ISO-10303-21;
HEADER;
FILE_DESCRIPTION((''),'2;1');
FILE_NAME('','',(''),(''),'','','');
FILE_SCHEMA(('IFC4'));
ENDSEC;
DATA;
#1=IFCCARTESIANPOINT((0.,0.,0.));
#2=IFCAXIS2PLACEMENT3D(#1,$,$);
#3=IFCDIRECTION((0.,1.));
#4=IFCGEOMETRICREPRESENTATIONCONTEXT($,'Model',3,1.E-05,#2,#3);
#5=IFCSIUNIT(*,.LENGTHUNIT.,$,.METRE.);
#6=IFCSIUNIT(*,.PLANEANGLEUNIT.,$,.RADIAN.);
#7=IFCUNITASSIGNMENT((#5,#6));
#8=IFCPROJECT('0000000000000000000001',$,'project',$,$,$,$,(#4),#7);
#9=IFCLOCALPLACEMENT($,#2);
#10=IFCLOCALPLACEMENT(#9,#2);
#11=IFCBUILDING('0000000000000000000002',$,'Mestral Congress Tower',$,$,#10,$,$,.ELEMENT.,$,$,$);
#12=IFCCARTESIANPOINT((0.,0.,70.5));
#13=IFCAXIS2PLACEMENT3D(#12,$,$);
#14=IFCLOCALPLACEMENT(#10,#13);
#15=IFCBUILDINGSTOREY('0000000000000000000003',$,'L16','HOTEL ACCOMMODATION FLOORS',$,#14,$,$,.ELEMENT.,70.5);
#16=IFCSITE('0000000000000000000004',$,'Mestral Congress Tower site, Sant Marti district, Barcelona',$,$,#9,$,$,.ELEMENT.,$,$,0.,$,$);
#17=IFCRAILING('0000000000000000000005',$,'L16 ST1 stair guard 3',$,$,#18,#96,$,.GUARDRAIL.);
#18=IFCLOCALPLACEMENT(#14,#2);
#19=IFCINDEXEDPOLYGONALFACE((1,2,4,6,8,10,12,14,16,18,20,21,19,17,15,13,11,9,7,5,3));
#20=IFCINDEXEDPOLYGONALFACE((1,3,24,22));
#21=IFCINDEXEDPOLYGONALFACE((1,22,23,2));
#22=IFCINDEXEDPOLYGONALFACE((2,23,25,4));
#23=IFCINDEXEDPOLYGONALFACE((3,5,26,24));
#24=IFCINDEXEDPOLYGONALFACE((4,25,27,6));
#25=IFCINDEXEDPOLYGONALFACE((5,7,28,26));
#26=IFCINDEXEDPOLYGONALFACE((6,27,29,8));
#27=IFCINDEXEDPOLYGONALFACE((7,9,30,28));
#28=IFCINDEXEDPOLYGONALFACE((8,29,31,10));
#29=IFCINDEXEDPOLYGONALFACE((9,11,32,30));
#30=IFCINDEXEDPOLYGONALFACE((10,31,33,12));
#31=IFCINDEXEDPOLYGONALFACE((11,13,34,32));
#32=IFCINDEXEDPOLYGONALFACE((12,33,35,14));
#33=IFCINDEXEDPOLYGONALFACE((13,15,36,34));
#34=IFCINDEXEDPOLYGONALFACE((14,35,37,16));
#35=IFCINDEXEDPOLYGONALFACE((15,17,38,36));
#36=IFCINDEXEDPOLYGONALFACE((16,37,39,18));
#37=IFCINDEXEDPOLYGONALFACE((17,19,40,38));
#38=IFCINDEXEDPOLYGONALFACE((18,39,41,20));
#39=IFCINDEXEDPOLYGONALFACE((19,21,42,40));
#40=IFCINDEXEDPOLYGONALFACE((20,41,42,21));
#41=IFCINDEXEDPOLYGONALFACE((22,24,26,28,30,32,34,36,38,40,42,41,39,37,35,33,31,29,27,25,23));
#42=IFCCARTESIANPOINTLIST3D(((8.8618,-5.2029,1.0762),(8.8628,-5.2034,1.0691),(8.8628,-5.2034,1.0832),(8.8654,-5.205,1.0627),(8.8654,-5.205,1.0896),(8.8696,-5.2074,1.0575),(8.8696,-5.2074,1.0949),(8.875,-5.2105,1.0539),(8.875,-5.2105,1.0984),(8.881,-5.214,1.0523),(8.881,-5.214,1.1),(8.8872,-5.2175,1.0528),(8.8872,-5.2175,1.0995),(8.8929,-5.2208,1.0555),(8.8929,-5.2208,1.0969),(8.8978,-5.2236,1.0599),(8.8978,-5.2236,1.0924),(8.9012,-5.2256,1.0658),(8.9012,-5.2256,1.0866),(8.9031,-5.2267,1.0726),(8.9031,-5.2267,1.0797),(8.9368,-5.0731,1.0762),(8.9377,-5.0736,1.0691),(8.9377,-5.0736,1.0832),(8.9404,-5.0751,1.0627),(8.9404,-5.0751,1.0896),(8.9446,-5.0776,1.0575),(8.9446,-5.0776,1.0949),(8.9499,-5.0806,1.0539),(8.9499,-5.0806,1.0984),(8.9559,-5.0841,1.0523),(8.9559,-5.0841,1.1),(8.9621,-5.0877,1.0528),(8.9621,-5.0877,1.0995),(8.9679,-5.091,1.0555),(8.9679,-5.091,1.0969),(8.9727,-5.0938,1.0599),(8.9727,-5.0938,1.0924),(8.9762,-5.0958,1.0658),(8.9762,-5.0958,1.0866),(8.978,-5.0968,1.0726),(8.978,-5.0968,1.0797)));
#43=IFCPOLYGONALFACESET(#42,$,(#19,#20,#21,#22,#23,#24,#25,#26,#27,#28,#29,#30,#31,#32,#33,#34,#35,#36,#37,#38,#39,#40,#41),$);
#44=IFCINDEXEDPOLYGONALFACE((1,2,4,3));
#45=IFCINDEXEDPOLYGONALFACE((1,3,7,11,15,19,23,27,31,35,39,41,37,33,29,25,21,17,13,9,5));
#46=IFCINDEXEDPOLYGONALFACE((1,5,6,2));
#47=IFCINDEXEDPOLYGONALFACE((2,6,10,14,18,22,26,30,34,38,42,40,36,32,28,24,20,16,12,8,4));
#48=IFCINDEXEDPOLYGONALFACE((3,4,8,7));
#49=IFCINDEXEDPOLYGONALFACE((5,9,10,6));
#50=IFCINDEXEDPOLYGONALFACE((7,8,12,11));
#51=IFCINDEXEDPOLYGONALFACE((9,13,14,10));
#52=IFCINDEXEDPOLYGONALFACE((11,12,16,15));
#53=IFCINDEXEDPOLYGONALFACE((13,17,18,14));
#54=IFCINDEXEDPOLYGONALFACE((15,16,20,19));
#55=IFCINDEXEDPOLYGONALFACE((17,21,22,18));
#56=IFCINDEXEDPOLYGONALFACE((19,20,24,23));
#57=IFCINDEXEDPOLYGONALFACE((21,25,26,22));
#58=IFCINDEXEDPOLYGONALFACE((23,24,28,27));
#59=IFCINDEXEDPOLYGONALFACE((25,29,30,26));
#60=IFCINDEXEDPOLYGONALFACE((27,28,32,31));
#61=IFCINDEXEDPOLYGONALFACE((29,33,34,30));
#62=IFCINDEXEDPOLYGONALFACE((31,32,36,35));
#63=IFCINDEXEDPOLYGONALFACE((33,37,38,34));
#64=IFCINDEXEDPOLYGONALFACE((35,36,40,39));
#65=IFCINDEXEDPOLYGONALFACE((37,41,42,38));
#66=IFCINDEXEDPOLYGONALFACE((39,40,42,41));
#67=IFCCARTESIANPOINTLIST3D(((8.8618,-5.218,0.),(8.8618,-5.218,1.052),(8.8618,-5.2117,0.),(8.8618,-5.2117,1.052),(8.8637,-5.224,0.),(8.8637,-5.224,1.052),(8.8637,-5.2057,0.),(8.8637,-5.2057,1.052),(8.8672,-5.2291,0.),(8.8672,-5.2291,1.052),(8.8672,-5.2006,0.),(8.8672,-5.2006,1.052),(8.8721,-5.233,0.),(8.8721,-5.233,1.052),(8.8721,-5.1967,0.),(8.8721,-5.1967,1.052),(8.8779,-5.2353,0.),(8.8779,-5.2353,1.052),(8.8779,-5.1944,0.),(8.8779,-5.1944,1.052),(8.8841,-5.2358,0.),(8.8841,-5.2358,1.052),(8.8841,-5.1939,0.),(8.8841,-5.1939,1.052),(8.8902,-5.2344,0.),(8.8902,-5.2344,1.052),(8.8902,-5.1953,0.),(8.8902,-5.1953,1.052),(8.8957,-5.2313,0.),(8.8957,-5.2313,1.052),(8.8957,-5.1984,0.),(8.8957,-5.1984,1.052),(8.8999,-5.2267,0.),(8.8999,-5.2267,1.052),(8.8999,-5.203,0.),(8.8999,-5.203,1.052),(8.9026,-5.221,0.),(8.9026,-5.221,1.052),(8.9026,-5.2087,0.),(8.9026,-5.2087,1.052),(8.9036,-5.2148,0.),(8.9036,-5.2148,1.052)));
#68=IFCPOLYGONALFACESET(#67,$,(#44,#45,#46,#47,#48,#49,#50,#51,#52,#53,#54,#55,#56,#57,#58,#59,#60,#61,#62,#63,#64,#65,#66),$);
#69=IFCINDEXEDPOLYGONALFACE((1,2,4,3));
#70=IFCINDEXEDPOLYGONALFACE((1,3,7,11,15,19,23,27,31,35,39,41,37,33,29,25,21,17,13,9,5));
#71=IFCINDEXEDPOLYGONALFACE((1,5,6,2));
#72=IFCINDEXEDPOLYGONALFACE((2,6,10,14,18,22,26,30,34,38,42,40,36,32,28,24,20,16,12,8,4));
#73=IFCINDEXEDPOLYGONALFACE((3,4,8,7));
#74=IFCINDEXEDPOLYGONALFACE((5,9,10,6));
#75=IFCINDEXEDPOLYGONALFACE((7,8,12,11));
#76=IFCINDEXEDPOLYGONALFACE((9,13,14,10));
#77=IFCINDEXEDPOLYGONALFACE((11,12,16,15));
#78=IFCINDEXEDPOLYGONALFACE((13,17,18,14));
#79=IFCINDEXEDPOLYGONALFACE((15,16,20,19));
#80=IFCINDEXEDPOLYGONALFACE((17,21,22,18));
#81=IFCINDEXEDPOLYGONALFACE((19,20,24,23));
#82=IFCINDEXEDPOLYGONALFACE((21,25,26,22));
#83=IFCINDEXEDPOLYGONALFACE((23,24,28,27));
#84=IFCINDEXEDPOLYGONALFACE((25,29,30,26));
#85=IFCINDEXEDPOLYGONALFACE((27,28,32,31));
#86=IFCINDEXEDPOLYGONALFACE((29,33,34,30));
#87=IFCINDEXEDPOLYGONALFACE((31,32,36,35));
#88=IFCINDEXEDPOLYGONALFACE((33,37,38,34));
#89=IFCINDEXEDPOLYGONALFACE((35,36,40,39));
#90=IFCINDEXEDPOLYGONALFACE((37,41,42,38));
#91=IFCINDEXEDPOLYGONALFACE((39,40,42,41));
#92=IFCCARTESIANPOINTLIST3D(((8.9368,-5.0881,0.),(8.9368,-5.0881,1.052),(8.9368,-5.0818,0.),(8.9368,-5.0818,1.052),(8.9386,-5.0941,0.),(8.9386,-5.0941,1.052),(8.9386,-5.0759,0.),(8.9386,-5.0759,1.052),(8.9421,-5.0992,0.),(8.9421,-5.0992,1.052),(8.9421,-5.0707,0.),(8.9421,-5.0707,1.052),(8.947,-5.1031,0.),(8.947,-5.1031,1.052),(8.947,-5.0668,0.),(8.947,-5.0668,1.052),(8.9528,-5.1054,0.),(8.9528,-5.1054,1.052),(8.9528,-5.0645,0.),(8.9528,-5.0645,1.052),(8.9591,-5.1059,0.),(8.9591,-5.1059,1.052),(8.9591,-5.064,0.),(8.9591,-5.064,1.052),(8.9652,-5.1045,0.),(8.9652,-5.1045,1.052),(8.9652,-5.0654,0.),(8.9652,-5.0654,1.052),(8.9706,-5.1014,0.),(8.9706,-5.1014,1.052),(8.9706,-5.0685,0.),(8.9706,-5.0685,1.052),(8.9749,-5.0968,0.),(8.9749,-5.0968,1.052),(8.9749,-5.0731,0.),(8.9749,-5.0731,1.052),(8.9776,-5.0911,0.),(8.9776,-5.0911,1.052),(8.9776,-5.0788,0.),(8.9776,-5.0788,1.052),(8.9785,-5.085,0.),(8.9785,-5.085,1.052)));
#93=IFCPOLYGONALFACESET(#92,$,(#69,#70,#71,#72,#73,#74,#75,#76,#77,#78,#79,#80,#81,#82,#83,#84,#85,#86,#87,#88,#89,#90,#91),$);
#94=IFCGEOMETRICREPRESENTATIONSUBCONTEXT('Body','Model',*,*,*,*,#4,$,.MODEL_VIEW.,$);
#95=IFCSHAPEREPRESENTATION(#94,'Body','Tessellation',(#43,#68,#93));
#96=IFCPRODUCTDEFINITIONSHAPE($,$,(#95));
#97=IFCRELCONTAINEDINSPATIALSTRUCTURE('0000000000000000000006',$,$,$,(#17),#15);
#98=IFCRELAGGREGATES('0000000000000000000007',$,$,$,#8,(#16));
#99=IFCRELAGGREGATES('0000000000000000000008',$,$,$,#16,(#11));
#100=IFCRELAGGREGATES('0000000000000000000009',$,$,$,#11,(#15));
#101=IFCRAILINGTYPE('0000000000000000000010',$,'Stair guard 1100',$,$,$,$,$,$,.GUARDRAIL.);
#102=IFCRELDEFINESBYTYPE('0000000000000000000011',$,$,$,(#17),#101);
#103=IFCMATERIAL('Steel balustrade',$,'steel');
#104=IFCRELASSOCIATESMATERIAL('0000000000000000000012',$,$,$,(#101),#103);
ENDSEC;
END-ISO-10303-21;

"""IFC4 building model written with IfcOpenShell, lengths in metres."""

from ifc_helpers import new_model, si_unit, direction, frame, origin, origin_2d, place, context, subcontext, project, spatial, circle, extrude, material, type_object, element, save


model = new_model("IFC4")

# Units and contexts
model_context = context("Model", 3, precision=1e-05, world=origin(), true_north=direction((0.0, 1.0)))
body_context = subcontext(model_context, "Body", "Model", "MODEL_VIEW")
ifc_project = project(units=[si_unit("LENGTHUNIT", "METRE"), si_unit("PLANEANGLEUNIT", "RADIAN")], contexts=[model_context])

# Site, building, storey
site_placement = place(None, origin())
site = spatial("IfcSite", under=ifc_project, at=site_placement, Name="Mestral Congress Tower site, Sant Marti district, Barcelona", CompositionType="ELEMENT", RefElevation=0.0)
building_placement = place(site_placement, origin())
building = spatial("IfcBuilding", under=site, at=building_placement, Name="Mestral Congress Tower", CompositionType="ELEMENT")
storey_placement = place(building_placement, frame((0.0, 0.0, 70.5)))
storey = spatial("IfcBuildingStorey", under=building, at=storey_placement, Name="L16", Description="HOTEL ACCOMMODATION FLOORS", CompositionType="ELEMENT", Elevation=70.5)

# Railing
ifc_material_1 = material(Name="Steel balustrade", Category="steel")
railing_type_1 = type_object("IfcRailingType", Name="Stair guard 1100", PredefinedType="GUARDRAIL", material=ifc_material_1)
railing_1_placement = place(storey_placement, frame((8.8826, -5.2148, 0.0)))
element("IfcRailing", 1, at=railing_1_placement, inside=storey, type_object=railing_type_1, Name="L16 ST1 stair guard 3", PredefinedType="GUARDRAIL", context=body_context, shape_type="SweptSolid", body=[
    extrude(circle(Radius=0.0239, at=origin_2d()), frame((0.0, 0.0, 1.0762), z_axis=(0.499816, 0.866131, 0.0), x_axis=(-0.866131, 0.499816, 0.0)), (0.0, 0.0, 1.0), 0.1499),
    extrude(circle(Radius=0.021, at=origin_2d()), origin(), (0.0, 0.0, 1.0), 1.052),
    extrude(circle(Radius=0.021, at=origin_2d()), frame((0.075, 0.1299, 0.0)), (0.0, 0.0, 1.0), 1.052),
])

save(model, "model.ifc")
